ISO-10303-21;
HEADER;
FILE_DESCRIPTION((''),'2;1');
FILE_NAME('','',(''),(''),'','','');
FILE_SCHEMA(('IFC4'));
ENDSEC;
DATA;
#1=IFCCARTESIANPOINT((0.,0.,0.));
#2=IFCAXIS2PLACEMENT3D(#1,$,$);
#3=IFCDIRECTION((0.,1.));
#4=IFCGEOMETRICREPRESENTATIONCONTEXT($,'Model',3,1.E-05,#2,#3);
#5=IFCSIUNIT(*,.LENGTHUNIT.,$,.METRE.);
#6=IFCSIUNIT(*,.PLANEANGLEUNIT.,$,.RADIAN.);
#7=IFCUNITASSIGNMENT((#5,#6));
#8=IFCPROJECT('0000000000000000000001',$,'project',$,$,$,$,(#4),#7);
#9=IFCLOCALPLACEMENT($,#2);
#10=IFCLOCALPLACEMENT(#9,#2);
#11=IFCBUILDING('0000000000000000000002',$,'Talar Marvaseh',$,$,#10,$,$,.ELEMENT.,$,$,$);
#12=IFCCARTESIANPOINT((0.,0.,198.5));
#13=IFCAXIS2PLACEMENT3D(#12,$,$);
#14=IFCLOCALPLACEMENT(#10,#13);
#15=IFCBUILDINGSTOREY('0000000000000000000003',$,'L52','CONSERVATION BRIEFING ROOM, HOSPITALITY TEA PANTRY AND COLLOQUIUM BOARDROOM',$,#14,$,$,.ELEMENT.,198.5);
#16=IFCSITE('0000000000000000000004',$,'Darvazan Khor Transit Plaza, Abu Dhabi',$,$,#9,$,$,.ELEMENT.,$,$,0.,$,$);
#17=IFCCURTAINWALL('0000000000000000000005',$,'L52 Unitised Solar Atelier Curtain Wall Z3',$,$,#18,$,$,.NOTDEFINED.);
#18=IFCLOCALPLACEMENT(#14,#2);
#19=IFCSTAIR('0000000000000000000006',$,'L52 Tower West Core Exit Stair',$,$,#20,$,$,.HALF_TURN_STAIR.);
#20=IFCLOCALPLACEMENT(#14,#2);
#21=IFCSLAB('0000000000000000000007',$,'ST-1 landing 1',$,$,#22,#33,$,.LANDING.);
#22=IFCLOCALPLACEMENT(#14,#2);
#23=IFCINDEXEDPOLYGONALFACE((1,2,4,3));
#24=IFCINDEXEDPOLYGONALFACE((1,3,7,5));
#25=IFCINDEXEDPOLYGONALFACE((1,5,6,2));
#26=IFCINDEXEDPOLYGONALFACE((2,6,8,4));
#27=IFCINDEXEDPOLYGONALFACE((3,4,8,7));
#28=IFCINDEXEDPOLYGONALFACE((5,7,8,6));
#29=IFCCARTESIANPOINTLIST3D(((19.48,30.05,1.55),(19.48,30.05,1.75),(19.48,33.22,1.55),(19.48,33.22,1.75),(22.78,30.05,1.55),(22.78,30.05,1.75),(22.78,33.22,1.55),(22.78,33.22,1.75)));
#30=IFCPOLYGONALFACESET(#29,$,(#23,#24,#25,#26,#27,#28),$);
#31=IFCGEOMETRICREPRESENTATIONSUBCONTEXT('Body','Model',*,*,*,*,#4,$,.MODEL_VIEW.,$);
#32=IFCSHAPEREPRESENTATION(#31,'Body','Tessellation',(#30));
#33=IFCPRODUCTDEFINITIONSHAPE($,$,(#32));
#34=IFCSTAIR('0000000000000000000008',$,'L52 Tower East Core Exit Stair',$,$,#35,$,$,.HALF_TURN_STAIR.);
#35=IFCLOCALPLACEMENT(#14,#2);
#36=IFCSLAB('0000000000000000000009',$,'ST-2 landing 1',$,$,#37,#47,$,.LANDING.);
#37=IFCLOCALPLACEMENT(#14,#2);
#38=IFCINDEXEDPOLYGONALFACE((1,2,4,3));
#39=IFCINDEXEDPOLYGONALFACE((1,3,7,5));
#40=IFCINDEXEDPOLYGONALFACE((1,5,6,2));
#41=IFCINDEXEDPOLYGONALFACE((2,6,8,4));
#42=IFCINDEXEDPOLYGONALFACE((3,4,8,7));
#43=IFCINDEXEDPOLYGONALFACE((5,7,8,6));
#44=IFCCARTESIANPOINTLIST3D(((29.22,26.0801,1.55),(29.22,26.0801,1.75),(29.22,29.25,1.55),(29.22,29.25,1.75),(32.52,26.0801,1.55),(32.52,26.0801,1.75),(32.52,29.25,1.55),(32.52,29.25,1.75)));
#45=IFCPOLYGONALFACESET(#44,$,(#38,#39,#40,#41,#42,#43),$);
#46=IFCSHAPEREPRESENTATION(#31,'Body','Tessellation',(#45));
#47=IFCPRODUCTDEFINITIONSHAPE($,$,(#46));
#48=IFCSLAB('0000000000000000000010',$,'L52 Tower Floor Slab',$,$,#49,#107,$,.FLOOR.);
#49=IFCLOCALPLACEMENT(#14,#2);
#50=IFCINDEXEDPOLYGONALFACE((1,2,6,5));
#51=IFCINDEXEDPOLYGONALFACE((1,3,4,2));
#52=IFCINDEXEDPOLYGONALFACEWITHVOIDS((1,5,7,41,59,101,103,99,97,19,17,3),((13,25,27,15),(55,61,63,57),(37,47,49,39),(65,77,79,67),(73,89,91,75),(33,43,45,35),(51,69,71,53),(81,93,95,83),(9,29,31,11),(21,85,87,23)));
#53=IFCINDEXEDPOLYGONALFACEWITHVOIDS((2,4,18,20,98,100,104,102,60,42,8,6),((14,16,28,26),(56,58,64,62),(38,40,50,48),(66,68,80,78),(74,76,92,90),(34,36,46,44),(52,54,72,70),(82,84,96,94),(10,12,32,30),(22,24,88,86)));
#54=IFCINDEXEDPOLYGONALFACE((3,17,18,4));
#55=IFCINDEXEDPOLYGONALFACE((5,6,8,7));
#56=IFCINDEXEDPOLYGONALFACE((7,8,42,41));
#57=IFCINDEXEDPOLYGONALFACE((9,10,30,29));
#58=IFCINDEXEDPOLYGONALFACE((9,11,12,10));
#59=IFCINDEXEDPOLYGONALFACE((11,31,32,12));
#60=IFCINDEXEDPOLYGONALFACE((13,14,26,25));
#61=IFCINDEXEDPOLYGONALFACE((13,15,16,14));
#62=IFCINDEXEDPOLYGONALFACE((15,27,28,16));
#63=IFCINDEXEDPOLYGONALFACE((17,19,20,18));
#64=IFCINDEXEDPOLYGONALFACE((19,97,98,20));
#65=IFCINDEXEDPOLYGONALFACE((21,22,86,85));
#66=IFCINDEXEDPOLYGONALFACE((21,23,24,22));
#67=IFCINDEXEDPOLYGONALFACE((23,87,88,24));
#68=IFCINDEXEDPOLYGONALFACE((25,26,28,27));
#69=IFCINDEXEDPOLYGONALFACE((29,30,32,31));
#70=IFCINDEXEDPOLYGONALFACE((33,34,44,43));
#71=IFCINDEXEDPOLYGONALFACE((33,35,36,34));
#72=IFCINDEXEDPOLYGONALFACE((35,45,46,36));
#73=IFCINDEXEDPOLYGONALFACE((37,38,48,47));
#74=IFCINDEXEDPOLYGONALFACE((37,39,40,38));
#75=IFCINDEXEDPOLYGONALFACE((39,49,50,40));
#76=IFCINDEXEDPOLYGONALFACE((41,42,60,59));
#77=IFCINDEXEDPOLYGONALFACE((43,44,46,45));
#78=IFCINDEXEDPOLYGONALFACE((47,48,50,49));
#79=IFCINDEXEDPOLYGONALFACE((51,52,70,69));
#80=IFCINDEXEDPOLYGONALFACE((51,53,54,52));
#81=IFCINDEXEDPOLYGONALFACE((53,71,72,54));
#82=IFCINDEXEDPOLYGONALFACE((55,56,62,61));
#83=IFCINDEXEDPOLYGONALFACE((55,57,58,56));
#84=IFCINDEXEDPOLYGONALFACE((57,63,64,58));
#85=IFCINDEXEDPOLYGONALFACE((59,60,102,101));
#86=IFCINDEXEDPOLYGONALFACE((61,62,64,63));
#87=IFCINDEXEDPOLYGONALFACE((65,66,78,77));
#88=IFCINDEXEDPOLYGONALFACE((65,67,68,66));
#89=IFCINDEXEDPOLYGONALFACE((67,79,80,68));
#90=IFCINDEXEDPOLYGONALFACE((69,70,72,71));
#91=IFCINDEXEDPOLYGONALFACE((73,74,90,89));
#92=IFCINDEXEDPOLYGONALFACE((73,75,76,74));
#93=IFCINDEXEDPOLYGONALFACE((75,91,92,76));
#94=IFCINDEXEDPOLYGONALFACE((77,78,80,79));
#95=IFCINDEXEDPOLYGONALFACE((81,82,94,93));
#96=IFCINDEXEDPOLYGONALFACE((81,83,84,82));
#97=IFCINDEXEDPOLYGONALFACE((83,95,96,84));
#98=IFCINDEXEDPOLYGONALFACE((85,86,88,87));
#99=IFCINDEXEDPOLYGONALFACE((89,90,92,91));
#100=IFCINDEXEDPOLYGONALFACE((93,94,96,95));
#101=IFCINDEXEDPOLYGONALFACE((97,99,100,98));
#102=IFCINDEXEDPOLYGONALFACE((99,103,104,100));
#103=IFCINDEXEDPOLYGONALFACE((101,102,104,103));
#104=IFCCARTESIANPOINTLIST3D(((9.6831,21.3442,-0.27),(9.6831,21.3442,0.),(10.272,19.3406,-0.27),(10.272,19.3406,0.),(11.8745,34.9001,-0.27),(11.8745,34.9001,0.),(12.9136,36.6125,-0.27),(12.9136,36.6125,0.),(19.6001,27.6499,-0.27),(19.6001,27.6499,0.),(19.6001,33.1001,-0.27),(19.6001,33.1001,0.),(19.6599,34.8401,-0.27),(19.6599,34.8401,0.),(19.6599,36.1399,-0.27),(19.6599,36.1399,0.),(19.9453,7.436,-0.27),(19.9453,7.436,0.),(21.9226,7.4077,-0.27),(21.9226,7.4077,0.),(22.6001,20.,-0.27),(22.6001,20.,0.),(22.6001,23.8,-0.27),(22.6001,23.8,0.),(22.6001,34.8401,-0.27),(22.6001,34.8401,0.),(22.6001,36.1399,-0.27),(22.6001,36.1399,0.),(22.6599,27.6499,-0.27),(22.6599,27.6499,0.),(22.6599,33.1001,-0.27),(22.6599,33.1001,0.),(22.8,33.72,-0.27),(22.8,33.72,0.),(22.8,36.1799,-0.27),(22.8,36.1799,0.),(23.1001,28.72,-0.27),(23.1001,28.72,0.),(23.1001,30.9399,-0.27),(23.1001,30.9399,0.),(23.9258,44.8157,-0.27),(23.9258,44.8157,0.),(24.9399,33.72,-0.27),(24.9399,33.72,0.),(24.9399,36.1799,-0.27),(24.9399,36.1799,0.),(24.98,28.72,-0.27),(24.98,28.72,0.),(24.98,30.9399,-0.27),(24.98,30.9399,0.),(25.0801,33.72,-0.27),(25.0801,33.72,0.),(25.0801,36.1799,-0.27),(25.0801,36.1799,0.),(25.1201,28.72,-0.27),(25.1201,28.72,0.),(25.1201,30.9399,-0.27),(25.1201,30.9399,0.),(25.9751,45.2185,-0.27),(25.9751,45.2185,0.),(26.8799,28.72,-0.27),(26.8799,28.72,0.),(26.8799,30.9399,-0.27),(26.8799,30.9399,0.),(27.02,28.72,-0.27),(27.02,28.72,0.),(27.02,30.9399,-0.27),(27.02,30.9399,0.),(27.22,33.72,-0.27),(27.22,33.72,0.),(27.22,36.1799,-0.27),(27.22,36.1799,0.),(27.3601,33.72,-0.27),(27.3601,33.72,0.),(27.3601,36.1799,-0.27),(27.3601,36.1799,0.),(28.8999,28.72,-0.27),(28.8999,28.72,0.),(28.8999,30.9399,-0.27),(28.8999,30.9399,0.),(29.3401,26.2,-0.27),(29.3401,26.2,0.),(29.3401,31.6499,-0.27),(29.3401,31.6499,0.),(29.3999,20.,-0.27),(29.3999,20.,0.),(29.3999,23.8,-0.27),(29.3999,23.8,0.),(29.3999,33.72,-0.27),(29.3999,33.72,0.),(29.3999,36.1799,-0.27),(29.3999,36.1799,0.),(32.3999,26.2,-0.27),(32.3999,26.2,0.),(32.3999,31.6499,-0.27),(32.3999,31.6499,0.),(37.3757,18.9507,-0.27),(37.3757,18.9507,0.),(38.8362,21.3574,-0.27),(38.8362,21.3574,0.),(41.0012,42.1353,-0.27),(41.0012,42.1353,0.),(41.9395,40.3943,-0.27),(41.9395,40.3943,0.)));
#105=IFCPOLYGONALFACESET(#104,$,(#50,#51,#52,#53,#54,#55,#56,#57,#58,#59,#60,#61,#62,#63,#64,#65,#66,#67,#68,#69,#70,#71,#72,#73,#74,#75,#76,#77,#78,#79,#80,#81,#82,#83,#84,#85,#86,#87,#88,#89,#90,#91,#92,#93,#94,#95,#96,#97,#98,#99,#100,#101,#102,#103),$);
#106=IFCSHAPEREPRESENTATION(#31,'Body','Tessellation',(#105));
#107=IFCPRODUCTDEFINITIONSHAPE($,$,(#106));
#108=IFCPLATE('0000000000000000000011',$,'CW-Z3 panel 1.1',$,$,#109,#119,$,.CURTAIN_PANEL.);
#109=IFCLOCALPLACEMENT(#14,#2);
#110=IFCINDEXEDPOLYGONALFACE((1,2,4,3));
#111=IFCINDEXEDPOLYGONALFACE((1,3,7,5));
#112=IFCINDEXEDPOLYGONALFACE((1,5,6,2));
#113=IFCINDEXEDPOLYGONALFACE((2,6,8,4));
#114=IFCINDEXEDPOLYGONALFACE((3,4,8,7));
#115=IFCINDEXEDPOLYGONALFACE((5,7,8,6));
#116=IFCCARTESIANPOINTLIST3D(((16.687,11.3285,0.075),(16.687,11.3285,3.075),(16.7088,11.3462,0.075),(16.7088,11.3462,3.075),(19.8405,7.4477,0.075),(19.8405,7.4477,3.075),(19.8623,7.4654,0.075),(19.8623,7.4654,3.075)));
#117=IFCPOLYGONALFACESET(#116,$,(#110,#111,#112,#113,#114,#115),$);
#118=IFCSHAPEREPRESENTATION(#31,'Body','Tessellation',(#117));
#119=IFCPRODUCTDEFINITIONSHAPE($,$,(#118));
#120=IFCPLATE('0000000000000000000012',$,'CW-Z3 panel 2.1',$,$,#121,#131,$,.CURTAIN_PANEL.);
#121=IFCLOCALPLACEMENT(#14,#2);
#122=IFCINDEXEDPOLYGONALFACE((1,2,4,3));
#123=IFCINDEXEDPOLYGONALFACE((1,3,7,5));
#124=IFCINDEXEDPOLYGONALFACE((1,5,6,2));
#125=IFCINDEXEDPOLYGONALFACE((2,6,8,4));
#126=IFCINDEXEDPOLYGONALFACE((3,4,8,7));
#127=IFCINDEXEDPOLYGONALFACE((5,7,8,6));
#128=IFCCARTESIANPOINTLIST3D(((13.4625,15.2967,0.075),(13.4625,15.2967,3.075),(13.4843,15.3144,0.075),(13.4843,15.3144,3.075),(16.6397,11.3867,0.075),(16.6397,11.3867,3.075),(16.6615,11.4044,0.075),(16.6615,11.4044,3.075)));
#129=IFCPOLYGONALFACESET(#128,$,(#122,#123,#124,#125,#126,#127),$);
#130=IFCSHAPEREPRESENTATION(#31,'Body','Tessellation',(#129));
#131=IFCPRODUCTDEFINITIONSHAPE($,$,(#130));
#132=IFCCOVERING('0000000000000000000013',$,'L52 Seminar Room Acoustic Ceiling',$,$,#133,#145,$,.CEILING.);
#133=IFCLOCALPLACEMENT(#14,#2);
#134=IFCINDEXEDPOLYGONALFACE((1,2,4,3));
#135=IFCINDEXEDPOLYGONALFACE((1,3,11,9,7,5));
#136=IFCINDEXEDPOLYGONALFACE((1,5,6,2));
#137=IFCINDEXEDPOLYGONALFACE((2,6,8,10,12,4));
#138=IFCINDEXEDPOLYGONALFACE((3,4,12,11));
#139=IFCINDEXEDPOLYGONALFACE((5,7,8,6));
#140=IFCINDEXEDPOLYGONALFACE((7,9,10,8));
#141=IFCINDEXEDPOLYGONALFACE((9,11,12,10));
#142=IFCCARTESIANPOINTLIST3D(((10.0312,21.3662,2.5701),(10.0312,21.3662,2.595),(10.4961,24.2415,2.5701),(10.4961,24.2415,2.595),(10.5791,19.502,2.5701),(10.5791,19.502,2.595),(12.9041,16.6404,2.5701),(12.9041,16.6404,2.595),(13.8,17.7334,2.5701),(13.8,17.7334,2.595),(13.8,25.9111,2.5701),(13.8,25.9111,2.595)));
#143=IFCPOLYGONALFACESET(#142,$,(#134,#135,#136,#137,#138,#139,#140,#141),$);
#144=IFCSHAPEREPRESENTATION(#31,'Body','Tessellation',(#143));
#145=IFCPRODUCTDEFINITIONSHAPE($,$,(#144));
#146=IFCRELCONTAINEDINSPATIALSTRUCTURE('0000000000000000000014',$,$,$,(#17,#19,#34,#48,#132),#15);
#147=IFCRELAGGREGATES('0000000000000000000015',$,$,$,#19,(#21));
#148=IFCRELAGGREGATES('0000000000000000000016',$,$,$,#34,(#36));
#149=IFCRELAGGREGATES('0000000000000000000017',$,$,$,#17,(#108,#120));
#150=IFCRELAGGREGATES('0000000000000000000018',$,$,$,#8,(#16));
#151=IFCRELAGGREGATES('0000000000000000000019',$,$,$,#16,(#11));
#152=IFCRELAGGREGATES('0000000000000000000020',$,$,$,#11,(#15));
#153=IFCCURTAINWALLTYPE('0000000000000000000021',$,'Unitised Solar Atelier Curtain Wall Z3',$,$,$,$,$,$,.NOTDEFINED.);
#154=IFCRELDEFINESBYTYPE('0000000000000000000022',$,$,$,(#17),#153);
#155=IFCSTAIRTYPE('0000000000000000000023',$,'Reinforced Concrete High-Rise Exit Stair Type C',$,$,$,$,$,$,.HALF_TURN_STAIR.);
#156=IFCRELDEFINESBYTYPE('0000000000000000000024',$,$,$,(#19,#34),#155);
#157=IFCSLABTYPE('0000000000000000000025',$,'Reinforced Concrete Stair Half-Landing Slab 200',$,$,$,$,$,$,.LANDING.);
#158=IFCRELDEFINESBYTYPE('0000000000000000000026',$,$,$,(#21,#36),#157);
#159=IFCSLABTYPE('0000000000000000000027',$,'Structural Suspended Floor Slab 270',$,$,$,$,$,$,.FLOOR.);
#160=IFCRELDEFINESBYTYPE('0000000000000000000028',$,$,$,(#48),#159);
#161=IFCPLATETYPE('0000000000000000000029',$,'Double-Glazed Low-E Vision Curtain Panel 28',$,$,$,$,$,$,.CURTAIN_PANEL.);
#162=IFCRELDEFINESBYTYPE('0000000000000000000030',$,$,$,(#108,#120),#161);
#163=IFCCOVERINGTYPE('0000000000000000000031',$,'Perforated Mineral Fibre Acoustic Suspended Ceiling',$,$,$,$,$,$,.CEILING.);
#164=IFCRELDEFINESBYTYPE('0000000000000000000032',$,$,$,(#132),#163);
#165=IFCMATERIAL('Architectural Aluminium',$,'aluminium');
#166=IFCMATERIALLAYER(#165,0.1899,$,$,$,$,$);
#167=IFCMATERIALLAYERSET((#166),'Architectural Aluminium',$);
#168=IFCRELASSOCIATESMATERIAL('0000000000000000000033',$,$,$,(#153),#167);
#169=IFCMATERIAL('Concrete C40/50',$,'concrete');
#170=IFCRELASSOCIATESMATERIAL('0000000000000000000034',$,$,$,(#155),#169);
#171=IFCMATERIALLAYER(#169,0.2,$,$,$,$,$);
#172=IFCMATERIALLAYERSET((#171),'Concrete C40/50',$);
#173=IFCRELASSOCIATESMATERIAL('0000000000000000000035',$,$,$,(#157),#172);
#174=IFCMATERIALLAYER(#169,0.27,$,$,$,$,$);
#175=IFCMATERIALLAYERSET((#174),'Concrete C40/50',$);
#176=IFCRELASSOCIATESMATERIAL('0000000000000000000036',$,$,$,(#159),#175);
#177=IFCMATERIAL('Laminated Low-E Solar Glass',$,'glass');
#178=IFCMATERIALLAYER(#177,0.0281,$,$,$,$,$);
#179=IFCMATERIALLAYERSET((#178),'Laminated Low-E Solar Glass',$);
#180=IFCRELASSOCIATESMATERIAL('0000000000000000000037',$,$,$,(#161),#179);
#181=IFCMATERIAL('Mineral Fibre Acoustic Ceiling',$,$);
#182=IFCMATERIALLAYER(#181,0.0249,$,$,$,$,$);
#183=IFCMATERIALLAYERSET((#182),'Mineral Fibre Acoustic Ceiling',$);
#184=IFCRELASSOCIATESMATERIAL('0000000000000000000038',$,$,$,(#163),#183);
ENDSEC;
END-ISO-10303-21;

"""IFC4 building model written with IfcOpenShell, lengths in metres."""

from ifc_helpers import new_model, si_unit, direction, frame, origin, origin_2d, place, context, subcontext, project, spatial, polyline, rectangle, outline, extrude, source, transform, mapped, material, layer, layer_set, type_object, type_shapes, element, aggregate, save


model = new_model("IFC4")

# Units and contexts
model_context = context("Model", 3, precision=1e-05, world=origin(), true_north=direction((0.0, 1.0)))
body_context = subcontext(model_context, "Body", "Model", "MODEL_VIEW")
ifc_project = project(units=[si_unit("LENGTHUNIT", "METRE"), si_unit("PLANEANGLEUNIT", "RADIAN")], contexts=[model_context])

# Site, building, storey
site_placement = place(None, origin())
site = spatial("IfcSite", under=ifc_project, at=site_placement, Name="Darvazan Khor Transit Plaza, Abu Dhabi", CompositionType="ELEMENT", RefElevation=0.0)
building_placement = place(site_placement, origin())
building = spatial("IfcBuilding", under=site, at=building_placement, Name="Talar Marvaseh", CompositionType="ELEMENT")
storey_placement = place(building_placement, frame((0.0, 0.0, 198.5)))
storey = spatial("IfcBuildingStorey", under=building, at=storey_placement, Name="L52", Description="CONSERVATION BRIEFING ROOM, HOSPITALITY TEA PANTRY AND COLLOQUIUM BOARDROOM", CompositionType="ELEMENT", Elevation=198.5)

# Curtain wall
ifc_material_1 = material(Name="Architectural Aluminium", Category="aluminium")
ifc_layer_1 = layer(ifc_material_1, 0.1899)
ifc_layer_set_1 = layer_set([ifc_layer_1], Name="Architectural Aluminium")
curtain_wall_type = type_object("IfcCurtainWallType", Name="Unitised Solar Atelier Curtain Wall Z3", PredefinedType="NOTDEFINED", material=ifc_layer_set_1)
curtain_wall_placement = place(storey_placement, origin())
curtain_wall = element("IfcCurtainWall", 1, at=curtain_wall_placement, inside=storey, type_object=curtain_wall_type, Name="L52 Unitised Solar Atelier Curtain Wall Z3", PredefinedType="NOTDEFINED")

# Stairs, slabs
ifc_material_2 = material(Name="Concrete C40/50", Category="concrete")
stair_type = type_object("IfcStairType", Name="Reinforced Concrete High-Rise Exit Stair Type C", PredefinedType="HALF_TURN_STAIR", material=ifc_material_2)
stair_1_placement = place(storey_placement, origin())
stair_1 = element("IfcStair", 2, at=stair_1_placement, inside=storey, type_object=stair_type, Name="L52 Tower West Core Exit Stair", PredefinedType="HALF_TURN_STAIR")
ifc_layer_2 = layer(ifc_material_2, 0.2)
ifc_layer_set_2 = layer_set([ifc_layer_2], Name="Concrete C40/50")
slab_type_1 = type_object("IfcSlabType", Name="Reinforced Concrete Stair Half-Landing Slab 200", PredefinedType="LANDING", material=ifc_layer_set_2)
slab_1_placement = place(storey_placement, frame((0.0, 0.0, 1.55)))
slab_1 = element("IfcSlab", 3, at=slab_1_placement, type_object=slab_type_1, Name="ST-1 landing 1", PredefinedType="LANDING", context=body_context, shape_type="SweptSolid", body=[
    extrude(outline(polyline([(22.78, 30.05), (22.78, 33.22), (19.48, 33.22), (19.48, 30.05), (22.78, 30.05)])), origin(), (0.0, 0.0, 1.0), 0.2),
])
aggregate(stair_1, [slab_1])
stair_2_placement = place(storey_placement, origin())
stair_2 = element("IfcStair", 4, at=stair_2_placement, inside=storey, type_object=stair_type, Name="L52 Tower East Core Exit Stair", PredefinedType="HALF_TURN_STAIR")
slab_2_placement = place(storey_placement, frame((0.0, 0.0, 1.55)))
slab_2 = element("IfcSlab", 5, at=slab_2_placement, type_object=slab_type_1, Name="ST-2 landing 1", PredefinedType="LANDING", context=body_context, shape_type="SweptSolid", body=[
    extrude(outline(polyline([(29.22, 29.25), (29.22, 26.0801), (32.52, 26.0801), (32.52, 29.25), (29.22, 29.25)])), origin(), (0.0, 0.0, 1.0), 0.2),
])
aggregate(stair_2, [slab_2])

# Slab
ifc_layer_3 = layer(ifc_material_2, 0.27)
ifc_layer_set_3 = layer_set([ifc_layer_3], Name="Concrete C40/50")
slab_type_2 = type_object("IfcSlabType", Name="Structural Suspended Floor Slab 270", PredefinedType="FLOOR", material=ifc_layer_set_3)
slab_3_placement = place(storey_placement, frame((0.0, 0.0, -0.27)))
element("IfcSlab", 6, at=slab_3_placement, inside=storey, type_object=slab_type_2, Name="L52 Tower Floor Slab", PredefinedType="FLOOR", context=body_context, shape_type="SweptSolid", body=[
    extrude(outline(polyline([(21.9226, 7.4077), (19.9453, 7.436), (10.272, 19.3406), (9.6831, 21.3442), (11.8745, 34.9001), (12.9136, 36.6125), (23.9258, 44.8157), (25.9751, 45.2185), (41.0012, 42.1353), (41.9395, 40.3943), (38.8362, 21.3574), (37.3757, 18.9507), (21.9226, 7.4077)]), holes=[polyline([(22.6599, 27.6499), (22.6599, 33.1001), (19.6001, 33.1001), (19.6001, 27.6499), (22.6599, 27.6499)]), polyline([(29.3401, 31.6499), (29.3401, 26.2), (32.3999, 26.2), (32.3999, 31.6499), (29.3401, 31.6499)]), polyline([(22.8, 33.72), (24.9399, 33.72), (24.9399, 36.1799), (22.8, 36.1799), (22.8, 33.72)]), polyline([(25.0801, 33.72), (27.22, 33.72), (27.22, 36.1799), (25.0801, 36.1799), (25.0801, 33.72)]), polyline([(27.3601, 33.72), (29.3999, 33.72), (29.3999, 36.1799), (27.3601, 36.1799), (27.3601, 33.72)]), polyline([(23.1001, 28.72), (24.98, 28.72), (24.98, 30.9399), (23.1001, 30.9399), (23.1001, 28.72)]), polyline([(25.1201, 28.72), (26.8799, 28.72), (26.8799, 30.9399), (25.1201, 30.9399), (25.1201, 28.72)]), polyline([(27.02, 28.72), (28.8999, 28.72), (28.8999, 30.9399), (27.02, 30.9399), (27.02, 28.72)]), polyline([(19.6599, 34.8401), (22.6001, 34.8401), (22.6001, 36.1399), (19.6599, 36.1399), (19.6599, 34.8401)]), polyline([(22.6001, 20.0), (29.3999, 20.0), (29.3999, 23.8), (22.6001, 23.8), (22.6001, 20.0)])]), origin(), (0.0, 0.0, 1.0), 0.27),
])

# Plates
ifc_material_3 = material(Name="Laminated Low-E Solar Glass", Category="glass")
ifc_layer_4 = layer(ifc_material_3, 0.0281)
ifc_layer_set_4 = layer_set([ifc_layer_4], Name="Laminated Low-E Solar Glass")
plate_type = type_object("IfcPlateType", Name="Double-Glazed Low-E Vision Curtain Panel 28", PredefinedType="CURTAIN_PANEL", material=ifc_layer_set_4)
shared_shape_1 = source(origin(), body_context, "Body", "SweptSolid", [
    extrude(rectangle(XDim=5.0005, YDim=0.0281, at=origin_2d()), origin(), (0.0, 0.0, 1.0), 3.0),
])
plate_1_placement = place(storey_placement, frame((18.2747, 9.397, 0.075), z_axis=(0.0, 0.0, 1.0), x_axis=(-0.630627, 0.776086, 0.0)))
plate_1 = element("IfcPlate", 7, at=plate_1_placement, type_object=plate_type, Name="CW-Z3 panel 1.1", PredefinedType="CURTAIN_PANEL", context=body_context, shape_type="MappedRepresentation", body=[
    mapped(shared_shape_1, transform((0.0, 0.0, 0.0), x_axis=(1.0, 0.0, 0.0), y_axis=(0.0, 1.0, 0.0), z_axis=(0.0, 0.0, 1.0), scale=1.0)),
])
shared_shape_2 = source(origin(), body_context, "Body", "SweptSolid", [
    extrude(rectangle(XDim=5.0381, YDim=0.0281, at=origin_2d()), origin(), (0.0, 0.0, 1.0), 3.0),
])
type_shapes(plate_type, [shared_shape_1, shared_shape_2])
plate_2_placement = place(storey_placement, frame((15.062, 13.3506, 0.075), z_axis=(0.0, 0.0, 1.0), x_axis=(-0.630627, 0.776086, 0.0)))
plate_2 = element("IfcPlate", 8, at=plate_2_placement, type_object=plate_type, Name="CW-Z3 panel 2.1", PredefinedType="CURTAIN_PANEL", context=body_context, shape_type="MappedRepresentation", body=[
    mapped(shared_shape_2, transform((0.0, 0.0, 0.0), x_axis=(1.0, 0.0, 0.0), y_axis=(0.0, 1.0, 0.0), z_axis=(0.0, 0.0, 1.0), scale=1.0)),
])
aggregate(curtain_wall, [plate_1, plate_2])

# Covering
ifc_material_4 = material(Name="Mineral Fibre Acoustic Ceiling")
ifc_layer_5 = layer(ifc_material_4, 0.0249)
ifc_layer_set_5 = layer_set([ifc_layer_5], Name="Mineral Fibre Acoustic Ceiling")
covering_type_1 = type_object("IfcCoveringType", Name="Perforated Mineral Fibre Acoustic Suspended Ceiling", PredefinedType="CEILING", material=ifc_layer_set_5)
covering_1_placement = place(storey_placement, frame((0.0, 0.0, 2.5701)))
element("IfcCovering", 9, at=covering_1_placement, inside=storey, type_object=covering_type_1, Name="L52 Seminar Room Acoustic Ceiling", PredefinedType="CEILING", context=body_context, shape_type="SweptSolid", body=[
    extrude(outline(polyline([(13.8, 25.9111), (13.8, 17.7334), (12.9041, 16.6404), (10.5791, 19.502), (10.0312, 21.3662), (10.4961, 24.2415), (13.8, 25.9111)])), origin(), (0.0, 0.0, 1.0), 0.0249),
])

save(model, "model.ifc")
